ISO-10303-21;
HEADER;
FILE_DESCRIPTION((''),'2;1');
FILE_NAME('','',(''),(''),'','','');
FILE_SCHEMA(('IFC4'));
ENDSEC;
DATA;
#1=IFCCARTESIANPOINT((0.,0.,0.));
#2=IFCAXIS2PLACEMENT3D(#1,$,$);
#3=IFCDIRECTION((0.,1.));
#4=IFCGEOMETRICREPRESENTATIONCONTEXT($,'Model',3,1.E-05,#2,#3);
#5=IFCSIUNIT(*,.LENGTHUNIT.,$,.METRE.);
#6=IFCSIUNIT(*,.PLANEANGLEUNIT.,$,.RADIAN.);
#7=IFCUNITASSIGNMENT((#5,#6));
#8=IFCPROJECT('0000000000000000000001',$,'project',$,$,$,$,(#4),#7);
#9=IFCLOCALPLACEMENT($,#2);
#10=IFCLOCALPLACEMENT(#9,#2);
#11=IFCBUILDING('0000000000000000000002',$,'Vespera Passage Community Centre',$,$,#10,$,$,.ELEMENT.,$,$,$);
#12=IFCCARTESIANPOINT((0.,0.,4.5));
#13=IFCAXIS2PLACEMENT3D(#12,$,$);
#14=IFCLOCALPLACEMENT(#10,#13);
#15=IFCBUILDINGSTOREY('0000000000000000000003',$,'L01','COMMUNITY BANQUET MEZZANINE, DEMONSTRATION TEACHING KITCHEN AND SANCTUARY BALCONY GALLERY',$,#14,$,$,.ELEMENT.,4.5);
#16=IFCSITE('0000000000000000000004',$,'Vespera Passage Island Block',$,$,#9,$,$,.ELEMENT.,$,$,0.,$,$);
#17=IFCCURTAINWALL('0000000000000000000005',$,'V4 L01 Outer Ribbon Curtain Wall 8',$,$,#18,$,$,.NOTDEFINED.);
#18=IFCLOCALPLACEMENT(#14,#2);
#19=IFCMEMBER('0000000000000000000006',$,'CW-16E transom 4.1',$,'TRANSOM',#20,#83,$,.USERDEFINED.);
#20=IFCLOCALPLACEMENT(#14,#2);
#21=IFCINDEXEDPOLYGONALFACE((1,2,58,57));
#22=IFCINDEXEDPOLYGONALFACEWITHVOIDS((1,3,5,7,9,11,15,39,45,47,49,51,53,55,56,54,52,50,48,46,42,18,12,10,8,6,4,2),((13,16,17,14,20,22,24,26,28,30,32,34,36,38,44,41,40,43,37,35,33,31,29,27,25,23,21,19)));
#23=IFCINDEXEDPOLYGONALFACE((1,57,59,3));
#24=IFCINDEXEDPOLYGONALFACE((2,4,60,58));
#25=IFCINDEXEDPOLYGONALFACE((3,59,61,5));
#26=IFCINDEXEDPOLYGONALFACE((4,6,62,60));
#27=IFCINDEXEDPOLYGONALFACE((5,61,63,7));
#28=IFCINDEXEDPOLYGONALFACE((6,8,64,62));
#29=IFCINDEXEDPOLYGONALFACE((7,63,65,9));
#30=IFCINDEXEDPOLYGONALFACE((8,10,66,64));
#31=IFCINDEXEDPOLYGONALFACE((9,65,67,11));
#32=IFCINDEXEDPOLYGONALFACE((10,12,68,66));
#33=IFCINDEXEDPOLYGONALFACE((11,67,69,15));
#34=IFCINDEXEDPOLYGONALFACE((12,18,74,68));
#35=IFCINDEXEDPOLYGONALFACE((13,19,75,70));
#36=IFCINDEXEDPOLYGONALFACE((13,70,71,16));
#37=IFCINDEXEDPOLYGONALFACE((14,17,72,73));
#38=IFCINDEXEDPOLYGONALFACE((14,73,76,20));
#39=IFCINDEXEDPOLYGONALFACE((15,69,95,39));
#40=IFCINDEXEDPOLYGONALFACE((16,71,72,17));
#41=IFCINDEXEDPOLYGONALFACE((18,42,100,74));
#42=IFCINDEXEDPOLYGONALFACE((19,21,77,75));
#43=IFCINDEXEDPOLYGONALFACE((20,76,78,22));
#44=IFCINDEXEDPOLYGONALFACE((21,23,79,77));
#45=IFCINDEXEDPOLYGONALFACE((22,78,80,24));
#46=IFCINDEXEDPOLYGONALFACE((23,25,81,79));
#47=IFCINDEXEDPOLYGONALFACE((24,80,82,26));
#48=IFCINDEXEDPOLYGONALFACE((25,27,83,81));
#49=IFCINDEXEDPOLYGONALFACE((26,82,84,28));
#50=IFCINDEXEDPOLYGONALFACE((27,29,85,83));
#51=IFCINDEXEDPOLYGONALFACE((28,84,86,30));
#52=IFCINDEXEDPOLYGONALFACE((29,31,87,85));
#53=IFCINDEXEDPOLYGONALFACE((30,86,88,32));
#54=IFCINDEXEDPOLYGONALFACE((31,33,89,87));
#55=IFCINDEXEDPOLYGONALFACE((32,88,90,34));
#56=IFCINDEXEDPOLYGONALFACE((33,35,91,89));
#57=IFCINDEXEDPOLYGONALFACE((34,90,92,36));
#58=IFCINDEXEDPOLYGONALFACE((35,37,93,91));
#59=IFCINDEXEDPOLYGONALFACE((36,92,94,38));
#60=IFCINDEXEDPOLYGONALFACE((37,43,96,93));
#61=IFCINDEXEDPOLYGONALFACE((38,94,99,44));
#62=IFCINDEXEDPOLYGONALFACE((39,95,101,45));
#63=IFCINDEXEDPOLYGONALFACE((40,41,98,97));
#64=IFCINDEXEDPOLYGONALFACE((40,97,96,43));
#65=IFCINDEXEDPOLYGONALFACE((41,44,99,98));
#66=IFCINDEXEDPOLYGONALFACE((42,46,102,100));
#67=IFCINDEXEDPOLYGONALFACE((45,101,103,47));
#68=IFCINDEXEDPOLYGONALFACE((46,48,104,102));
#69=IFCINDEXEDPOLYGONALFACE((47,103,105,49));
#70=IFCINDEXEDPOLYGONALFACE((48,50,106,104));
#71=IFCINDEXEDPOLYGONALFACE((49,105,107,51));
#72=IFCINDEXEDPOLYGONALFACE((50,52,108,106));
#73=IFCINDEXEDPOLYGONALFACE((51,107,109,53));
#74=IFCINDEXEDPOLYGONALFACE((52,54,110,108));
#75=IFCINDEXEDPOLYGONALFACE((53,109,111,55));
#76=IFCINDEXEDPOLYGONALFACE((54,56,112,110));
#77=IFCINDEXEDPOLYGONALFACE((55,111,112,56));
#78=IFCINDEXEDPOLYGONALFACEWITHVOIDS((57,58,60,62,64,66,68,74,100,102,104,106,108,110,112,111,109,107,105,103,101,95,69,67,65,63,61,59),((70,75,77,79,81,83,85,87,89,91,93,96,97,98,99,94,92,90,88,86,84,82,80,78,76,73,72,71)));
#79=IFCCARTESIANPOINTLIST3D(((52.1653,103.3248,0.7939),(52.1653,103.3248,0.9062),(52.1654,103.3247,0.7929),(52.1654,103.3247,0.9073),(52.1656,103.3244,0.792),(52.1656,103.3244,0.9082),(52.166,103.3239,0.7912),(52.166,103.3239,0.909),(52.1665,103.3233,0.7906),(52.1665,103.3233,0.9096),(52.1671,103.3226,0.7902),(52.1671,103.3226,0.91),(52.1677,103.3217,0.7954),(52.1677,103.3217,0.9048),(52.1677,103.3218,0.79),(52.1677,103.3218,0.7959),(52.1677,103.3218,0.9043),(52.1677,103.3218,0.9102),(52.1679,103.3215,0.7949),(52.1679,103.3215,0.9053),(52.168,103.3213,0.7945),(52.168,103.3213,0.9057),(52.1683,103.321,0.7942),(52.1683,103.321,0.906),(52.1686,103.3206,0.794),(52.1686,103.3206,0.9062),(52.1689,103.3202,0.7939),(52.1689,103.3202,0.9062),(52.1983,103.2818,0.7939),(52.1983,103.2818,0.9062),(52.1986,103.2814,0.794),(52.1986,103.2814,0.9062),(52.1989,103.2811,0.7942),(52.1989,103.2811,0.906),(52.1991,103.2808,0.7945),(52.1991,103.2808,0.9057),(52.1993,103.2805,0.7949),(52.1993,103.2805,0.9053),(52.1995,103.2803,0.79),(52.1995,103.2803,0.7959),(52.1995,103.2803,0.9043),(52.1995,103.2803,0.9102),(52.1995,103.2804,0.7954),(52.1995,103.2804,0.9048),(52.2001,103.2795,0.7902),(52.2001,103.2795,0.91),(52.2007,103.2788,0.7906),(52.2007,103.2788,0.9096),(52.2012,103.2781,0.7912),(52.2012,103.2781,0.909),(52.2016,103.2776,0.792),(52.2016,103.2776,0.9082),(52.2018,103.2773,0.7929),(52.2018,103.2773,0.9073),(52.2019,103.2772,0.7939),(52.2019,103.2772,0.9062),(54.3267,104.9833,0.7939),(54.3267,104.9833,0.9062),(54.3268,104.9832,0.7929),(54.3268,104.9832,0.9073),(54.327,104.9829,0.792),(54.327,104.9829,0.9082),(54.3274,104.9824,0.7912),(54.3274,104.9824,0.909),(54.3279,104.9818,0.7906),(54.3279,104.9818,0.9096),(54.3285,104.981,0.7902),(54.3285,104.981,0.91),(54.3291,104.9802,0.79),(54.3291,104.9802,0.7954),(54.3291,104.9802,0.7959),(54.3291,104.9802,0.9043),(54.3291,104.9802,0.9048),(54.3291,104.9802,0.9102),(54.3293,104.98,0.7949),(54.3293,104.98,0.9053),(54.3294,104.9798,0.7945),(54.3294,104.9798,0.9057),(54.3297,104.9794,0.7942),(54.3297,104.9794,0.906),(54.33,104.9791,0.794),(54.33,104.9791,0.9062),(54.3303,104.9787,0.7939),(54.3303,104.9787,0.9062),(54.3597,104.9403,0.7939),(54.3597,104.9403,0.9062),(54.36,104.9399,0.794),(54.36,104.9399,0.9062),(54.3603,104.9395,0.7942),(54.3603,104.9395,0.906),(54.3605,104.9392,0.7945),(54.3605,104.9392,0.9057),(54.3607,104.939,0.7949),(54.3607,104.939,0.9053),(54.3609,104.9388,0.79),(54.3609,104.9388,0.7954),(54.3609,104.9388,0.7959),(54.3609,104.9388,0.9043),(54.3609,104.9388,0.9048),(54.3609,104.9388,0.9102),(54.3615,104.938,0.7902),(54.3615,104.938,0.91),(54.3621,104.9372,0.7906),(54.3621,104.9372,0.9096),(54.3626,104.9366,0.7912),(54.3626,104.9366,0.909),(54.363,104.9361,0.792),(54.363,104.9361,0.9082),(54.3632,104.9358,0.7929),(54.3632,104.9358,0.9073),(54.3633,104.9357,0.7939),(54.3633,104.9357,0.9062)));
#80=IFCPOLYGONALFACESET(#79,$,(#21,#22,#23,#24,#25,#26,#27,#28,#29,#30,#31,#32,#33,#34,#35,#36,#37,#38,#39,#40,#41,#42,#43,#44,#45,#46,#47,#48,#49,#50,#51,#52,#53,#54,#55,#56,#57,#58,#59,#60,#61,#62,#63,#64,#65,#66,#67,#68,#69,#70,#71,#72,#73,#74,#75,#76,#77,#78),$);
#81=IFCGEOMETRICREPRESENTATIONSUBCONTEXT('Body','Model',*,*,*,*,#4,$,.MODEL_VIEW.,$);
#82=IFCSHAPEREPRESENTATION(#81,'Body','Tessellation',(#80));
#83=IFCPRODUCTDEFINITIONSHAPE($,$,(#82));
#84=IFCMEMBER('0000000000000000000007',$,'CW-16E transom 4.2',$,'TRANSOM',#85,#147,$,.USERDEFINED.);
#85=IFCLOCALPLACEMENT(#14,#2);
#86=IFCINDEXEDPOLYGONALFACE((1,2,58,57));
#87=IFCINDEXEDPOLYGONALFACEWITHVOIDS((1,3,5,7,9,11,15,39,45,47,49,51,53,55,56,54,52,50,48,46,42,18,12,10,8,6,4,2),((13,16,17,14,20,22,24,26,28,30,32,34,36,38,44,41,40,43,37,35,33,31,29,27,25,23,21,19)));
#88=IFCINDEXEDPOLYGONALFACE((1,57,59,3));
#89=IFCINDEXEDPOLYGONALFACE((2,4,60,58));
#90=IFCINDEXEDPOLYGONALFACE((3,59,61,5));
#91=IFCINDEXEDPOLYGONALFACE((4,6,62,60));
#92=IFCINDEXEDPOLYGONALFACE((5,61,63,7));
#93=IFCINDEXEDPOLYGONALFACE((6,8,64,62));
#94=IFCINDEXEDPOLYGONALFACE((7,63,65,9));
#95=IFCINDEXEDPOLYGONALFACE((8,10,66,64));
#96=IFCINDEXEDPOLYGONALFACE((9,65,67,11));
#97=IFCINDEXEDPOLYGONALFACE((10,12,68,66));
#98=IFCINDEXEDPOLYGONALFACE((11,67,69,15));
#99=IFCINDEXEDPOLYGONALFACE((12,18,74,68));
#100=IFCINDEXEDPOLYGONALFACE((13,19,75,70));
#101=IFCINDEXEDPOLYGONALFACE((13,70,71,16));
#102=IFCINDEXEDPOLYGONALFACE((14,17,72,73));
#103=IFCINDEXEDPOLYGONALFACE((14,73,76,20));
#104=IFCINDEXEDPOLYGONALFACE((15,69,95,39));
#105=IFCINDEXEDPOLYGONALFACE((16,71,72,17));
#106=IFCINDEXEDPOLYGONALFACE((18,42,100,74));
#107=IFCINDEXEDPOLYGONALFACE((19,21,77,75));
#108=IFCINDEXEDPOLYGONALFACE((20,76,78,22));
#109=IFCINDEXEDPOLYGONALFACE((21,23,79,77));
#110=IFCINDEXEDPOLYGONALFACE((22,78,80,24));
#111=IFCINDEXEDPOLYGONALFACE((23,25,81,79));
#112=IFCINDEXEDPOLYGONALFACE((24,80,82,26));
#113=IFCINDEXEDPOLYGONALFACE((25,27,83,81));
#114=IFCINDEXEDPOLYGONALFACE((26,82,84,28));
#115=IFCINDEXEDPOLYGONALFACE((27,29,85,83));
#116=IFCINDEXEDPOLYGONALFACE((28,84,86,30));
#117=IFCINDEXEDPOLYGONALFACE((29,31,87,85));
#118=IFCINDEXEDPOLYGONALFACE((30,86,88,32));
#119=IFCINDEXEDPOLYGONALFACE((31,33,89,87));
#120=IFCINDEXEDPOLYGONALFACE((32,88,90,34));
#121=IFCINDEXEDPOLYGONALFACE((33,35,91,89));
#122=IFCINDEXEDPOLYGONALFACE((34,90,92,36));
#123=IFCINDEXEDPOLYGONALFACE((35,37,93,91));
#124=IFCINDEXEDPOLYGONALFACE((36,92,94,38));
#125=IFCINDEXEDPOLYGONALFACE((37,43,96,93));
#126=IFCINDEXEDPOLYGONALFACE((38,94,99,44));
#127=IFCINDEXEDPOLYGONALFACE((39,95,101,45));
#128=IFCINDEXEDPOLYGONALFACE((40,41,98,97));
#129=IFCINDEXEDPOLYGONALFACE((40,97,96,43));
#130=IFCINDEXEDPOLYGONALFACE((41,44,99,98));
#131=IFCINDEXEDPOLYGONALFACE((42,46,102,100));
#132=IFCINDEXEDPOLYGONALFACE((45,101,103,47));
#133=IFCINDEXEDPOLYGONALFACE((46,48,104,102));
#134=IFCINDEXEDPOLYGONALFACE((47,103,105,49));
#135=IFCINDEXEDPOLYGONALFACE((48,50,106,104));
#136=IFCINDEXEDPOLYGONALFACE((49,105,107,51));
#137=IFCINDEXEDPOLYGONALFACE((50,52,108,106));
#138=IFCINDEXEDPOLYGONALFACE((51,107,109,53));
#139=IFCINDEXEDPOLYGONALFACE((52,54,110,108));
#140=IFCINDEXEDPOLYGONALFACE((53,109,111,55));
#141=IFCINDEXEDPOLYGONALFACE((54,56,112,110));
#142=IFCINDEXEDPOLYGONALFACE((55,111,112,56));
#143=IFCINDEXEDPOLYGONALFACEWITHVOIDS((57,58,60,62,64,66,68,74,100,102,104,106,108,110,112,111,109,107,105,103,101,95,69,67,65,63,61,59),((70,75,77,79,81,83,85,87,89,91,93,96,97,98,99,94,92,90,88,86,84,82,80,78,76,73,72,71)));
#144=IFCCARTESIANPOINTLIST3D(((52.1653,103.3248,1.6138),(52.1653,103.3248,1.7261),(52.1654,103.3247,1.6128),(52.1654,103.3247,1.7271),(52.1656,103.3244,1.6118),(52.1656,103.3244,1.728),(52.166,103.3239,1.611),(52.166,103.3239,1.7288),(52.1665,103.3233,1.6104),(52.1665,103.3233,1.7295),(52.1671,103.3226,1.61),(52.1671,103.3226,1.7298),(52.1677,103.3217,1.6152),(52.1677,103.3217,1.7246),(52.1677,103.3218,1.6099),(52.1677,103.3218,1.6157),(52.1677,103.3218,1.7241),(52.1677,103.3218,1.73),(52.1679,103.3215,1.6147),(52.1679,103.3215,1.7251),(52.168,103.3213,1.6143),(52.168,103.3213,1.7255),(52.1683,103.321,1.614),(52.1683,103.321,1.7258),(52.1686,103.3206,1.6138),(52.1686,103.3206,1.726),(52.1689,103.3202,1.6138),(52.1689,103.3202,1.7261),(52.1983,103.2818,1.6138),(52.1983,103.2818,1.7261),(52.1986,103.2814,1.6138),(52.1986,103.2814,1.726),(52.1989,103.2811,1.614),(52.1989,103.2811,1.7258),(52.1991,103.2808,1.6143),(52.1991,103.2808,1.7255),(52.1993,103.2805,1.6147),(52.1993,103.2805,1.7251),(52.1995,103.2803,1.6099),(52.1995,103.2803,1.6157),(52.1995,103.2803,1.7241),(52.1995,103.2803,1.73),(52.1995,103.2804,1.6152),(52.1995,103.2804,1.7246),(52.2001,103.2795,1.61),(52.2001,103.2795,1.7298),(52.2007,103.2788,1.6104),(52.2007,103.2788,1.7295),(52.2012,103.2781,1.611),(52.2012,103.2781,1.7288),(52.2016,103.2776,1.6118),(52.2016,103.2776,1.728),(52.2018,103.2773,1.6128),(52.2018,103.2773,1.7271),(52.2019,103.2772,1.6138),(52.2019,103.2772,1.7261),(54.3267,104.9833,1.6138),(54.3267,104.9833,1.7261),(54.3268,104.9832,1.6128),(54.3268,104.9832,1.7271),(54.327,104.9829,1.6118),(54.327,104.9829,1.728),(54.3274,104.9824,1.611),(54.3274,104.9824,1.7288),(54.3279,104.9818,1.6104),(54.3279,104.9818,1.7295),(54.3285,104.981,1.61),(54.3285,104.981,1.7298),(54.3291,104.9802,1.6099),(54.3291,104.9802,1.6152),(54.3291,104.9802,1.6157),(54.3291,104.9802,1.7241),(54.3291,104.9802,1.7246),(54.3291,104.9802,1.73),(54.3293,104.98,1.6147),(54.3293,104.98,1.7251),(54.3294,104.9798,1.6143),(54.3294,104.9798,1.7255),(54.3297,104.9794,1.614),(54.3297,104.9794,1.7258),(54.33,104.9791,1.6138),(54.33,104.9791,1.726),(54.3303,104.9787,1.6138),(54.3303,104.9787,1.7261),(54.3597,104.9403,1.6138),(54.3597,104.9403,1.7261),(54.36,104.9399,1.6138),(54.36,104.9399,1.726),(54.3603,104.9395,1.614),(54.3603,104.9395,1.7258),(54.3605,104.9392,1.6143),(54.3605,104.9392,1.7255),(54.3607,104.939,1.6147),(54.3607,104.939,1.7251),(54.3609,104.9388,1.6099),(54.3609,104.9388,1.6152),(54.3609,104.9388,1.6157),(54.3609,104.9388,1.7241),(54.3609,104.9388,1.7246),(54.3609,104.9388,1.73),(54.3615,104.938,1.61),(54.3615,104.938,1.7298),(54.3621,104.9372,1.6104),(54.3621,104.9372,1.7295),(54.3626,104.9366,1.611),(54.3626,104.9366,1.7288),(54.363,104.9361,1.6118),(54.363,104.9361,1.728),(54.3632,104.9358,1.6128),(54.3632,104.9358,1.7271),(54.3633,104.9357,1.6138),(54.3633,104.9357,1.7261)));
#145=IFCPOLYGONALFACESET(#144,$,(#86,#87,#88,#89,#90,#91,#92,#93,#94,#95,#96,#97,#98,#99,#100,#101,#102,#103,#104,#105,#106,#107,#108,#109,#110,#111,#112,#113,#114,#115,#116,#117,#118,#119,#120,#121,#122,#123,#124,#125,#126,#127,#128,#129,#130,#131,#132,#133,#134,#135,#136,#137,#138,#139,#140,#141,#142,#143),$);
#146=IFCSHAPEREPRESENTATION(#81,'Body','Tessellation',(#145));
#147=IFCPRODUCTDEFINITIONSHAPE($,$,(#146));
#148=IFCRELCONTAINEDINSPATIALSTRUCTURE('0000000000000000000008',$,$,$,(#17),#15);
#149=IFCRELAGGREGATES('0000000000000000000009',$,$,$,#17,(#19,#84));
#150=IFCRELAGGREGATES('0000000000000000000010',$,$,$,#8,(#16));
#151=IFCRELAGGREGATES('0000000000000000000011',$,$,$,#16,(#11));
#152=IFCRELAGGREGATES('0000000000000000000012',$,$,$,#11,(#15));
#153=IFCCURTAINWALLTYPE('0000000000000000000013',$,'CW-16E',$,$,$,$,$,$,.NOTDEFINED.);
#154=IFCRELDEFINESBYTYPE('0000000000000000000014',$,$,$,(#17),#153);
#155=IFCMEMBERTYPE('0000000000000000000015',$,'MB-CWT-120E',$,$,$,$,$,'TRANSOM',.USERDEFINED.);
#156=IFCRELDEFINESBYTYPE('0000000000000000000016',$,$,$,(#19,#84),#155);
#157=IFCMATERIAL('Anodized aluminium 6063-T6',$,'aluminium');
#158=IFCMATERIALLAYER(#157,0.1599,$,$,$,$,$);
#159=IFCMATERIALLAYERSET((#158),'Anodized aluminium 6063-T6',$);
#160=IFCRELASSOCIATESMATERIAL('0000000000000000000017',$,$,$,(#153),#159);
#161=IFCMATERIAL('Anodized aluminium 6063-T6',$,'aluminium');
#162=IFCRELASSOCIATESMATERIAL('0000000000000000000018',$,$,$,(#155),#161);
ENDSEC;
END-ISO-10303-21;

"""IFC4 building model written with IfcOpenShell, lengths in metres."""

from ifc_helpers import new_model, si_unit, direction, frame, origin, origin_2d, place, context, subcontext, project, spatial, hollow_rectangle, extrude, material, layer, layer_set, material_profile, profile_set, type_object, element, aggregate, save


model = new_model("IFC4")

# Units and contexts
model_context = context("Model", 3, precision=1e-05, world=origin(), true_north=direction((0.0, 1.0)))
body_context = subcontext(model_context, "Body", "Model", "MODEL_VIEW")
ifc_project = project(units=[si_unit("LENGTHUNIT", "METRE"), si_unit("PLANEANGLEUNIT", "RADIAN")], contexts=[model_context])

# Site, building, storey
site_placement = place(None, origin())
site = spatial("IfcSite", under=ifc_project, at=site_placement, Name="Vespera Passage Island Block", CompositionType="ELEMENT", RefElevation=0.0)
building_placement = place(site_placement, origin())
building = spatial("IfcBuilding", under=site, at=building_placement, Name="Vespera Passage Community Centre", CompositionType="ELEMENT")
storey_placement = place(building_placement, frame((0.0, 0.0, 4.5)))
storey = spatial("IfcBuildingStorey", under=building, at=storey_placement, Name="L01", Description="COMMUNITY BANQUET MEZZANINE, DEMONSTRATION TEACHING KITCHEN AND SANCTUARY BALCONY GALLERY", CompositionType="ELEMENT", Elevation=4.5)

# Curtain wall
ifc_material_1 = material(Name="Anodized aluminium 6063-T6", Category="aluminium")
ifc_layer_1 = layer(ifc_material_1, 0.1599)
ifc_layer_set_1 = layer_set([ifc_layer_1], Name="Anodized aluminium 6063-T6")
curtain_wall_type_1 = type_object("IfcCurtainWallType", Name="CW-16E", PredefinedType="NOTDEFINED", material=ifc_layer_set_1)
curtain_wall_1_placement = place(storey_placement, origin())
curtain_wall_1 = element("IfcCurtainWall", 1, at=curtain_wall_1_placement, inside=storey, type_object=curtain_wall_type_1, Name="V4 L01 Outer Ribbon Curtain Wall 8", PredefinedType="NOTDEFINED")

# Members
ifc_material_2 = material(Name="Anodized aluminium 6063-T6", Category="aluminium")
ifc_material_profile_1 = material_profile(ifc_material_2, hollow_rectangle(XDim=0.0601, YDim=0.1201, WallThickness=0.0039, InnerFilletRadius=0.002, OuterFilletRadius=0.0039, at=origin_2d()), Name="ALU120X60X4")
ifc_profile_set_1 = profile_set([ifc_material_profile_1], Name="Anodized aluminium 6063-T6")
member_type_1 = type_object("IfcMemberType", Name="MB-CWT-120E", ElementType="TRANSOM", PredefinedType="USERDEFINED", material=ifc_profile_set_1)
member_1_placement = place(storey_placement, frame((52.1836, 103.301, 0.8501), z_axis=(0.79336, 0.608753, 0.0), x_axis=(-0.608753, 0.79336, 0.0)))
member_1 = element("IfcMember", 2, at=member_1_placement, type_object=member_type_1, Name="CW-16E transom 4.1", ObjectType="TRANSOM", PredefinedType="USERDEFINED", context=body_context, shape_type="SweptSolid", body=[
    extrude(hollow_rectangle(XDim=0.0601, YDim=0.1201, WallThickness=0.0039, InnerFilletRadius=0.002, OuterFilletRadius=0.0039, at=origin_2d()), origin(), (0.0, 0.0, 1.0), 2.7244),
])
member_2_placement = place(storey_placement, frame((52.1836, 103.301, 1.6699), z_axis=(0.79336, 0.608753, 0.0), x_axis=(-0.608753, 0.79336, 0.0)))
member_2 = element("IfcMember", 3, at=member_2_placement, type_object=member_type_1, Name="CW-16E transom 4.2", ObjectType="TRANSOM", PredefinedType="USERDEFINED", context=body_context, shape_type="SweptSolid", body=[
    extrude(hollow_rectangle(XDim=0.0601, YDim=0.1201, WallThickness=0.0039, InnerFilletRadius=0.002, OuterFilletRadius=0.0039, at=origin_2d()), origin(), (0.0, 0.0, 1.0), 2.7244),
])

aggregate(curtain_wall_1, [member_1, member_2])

save(model, "model.ifc")
